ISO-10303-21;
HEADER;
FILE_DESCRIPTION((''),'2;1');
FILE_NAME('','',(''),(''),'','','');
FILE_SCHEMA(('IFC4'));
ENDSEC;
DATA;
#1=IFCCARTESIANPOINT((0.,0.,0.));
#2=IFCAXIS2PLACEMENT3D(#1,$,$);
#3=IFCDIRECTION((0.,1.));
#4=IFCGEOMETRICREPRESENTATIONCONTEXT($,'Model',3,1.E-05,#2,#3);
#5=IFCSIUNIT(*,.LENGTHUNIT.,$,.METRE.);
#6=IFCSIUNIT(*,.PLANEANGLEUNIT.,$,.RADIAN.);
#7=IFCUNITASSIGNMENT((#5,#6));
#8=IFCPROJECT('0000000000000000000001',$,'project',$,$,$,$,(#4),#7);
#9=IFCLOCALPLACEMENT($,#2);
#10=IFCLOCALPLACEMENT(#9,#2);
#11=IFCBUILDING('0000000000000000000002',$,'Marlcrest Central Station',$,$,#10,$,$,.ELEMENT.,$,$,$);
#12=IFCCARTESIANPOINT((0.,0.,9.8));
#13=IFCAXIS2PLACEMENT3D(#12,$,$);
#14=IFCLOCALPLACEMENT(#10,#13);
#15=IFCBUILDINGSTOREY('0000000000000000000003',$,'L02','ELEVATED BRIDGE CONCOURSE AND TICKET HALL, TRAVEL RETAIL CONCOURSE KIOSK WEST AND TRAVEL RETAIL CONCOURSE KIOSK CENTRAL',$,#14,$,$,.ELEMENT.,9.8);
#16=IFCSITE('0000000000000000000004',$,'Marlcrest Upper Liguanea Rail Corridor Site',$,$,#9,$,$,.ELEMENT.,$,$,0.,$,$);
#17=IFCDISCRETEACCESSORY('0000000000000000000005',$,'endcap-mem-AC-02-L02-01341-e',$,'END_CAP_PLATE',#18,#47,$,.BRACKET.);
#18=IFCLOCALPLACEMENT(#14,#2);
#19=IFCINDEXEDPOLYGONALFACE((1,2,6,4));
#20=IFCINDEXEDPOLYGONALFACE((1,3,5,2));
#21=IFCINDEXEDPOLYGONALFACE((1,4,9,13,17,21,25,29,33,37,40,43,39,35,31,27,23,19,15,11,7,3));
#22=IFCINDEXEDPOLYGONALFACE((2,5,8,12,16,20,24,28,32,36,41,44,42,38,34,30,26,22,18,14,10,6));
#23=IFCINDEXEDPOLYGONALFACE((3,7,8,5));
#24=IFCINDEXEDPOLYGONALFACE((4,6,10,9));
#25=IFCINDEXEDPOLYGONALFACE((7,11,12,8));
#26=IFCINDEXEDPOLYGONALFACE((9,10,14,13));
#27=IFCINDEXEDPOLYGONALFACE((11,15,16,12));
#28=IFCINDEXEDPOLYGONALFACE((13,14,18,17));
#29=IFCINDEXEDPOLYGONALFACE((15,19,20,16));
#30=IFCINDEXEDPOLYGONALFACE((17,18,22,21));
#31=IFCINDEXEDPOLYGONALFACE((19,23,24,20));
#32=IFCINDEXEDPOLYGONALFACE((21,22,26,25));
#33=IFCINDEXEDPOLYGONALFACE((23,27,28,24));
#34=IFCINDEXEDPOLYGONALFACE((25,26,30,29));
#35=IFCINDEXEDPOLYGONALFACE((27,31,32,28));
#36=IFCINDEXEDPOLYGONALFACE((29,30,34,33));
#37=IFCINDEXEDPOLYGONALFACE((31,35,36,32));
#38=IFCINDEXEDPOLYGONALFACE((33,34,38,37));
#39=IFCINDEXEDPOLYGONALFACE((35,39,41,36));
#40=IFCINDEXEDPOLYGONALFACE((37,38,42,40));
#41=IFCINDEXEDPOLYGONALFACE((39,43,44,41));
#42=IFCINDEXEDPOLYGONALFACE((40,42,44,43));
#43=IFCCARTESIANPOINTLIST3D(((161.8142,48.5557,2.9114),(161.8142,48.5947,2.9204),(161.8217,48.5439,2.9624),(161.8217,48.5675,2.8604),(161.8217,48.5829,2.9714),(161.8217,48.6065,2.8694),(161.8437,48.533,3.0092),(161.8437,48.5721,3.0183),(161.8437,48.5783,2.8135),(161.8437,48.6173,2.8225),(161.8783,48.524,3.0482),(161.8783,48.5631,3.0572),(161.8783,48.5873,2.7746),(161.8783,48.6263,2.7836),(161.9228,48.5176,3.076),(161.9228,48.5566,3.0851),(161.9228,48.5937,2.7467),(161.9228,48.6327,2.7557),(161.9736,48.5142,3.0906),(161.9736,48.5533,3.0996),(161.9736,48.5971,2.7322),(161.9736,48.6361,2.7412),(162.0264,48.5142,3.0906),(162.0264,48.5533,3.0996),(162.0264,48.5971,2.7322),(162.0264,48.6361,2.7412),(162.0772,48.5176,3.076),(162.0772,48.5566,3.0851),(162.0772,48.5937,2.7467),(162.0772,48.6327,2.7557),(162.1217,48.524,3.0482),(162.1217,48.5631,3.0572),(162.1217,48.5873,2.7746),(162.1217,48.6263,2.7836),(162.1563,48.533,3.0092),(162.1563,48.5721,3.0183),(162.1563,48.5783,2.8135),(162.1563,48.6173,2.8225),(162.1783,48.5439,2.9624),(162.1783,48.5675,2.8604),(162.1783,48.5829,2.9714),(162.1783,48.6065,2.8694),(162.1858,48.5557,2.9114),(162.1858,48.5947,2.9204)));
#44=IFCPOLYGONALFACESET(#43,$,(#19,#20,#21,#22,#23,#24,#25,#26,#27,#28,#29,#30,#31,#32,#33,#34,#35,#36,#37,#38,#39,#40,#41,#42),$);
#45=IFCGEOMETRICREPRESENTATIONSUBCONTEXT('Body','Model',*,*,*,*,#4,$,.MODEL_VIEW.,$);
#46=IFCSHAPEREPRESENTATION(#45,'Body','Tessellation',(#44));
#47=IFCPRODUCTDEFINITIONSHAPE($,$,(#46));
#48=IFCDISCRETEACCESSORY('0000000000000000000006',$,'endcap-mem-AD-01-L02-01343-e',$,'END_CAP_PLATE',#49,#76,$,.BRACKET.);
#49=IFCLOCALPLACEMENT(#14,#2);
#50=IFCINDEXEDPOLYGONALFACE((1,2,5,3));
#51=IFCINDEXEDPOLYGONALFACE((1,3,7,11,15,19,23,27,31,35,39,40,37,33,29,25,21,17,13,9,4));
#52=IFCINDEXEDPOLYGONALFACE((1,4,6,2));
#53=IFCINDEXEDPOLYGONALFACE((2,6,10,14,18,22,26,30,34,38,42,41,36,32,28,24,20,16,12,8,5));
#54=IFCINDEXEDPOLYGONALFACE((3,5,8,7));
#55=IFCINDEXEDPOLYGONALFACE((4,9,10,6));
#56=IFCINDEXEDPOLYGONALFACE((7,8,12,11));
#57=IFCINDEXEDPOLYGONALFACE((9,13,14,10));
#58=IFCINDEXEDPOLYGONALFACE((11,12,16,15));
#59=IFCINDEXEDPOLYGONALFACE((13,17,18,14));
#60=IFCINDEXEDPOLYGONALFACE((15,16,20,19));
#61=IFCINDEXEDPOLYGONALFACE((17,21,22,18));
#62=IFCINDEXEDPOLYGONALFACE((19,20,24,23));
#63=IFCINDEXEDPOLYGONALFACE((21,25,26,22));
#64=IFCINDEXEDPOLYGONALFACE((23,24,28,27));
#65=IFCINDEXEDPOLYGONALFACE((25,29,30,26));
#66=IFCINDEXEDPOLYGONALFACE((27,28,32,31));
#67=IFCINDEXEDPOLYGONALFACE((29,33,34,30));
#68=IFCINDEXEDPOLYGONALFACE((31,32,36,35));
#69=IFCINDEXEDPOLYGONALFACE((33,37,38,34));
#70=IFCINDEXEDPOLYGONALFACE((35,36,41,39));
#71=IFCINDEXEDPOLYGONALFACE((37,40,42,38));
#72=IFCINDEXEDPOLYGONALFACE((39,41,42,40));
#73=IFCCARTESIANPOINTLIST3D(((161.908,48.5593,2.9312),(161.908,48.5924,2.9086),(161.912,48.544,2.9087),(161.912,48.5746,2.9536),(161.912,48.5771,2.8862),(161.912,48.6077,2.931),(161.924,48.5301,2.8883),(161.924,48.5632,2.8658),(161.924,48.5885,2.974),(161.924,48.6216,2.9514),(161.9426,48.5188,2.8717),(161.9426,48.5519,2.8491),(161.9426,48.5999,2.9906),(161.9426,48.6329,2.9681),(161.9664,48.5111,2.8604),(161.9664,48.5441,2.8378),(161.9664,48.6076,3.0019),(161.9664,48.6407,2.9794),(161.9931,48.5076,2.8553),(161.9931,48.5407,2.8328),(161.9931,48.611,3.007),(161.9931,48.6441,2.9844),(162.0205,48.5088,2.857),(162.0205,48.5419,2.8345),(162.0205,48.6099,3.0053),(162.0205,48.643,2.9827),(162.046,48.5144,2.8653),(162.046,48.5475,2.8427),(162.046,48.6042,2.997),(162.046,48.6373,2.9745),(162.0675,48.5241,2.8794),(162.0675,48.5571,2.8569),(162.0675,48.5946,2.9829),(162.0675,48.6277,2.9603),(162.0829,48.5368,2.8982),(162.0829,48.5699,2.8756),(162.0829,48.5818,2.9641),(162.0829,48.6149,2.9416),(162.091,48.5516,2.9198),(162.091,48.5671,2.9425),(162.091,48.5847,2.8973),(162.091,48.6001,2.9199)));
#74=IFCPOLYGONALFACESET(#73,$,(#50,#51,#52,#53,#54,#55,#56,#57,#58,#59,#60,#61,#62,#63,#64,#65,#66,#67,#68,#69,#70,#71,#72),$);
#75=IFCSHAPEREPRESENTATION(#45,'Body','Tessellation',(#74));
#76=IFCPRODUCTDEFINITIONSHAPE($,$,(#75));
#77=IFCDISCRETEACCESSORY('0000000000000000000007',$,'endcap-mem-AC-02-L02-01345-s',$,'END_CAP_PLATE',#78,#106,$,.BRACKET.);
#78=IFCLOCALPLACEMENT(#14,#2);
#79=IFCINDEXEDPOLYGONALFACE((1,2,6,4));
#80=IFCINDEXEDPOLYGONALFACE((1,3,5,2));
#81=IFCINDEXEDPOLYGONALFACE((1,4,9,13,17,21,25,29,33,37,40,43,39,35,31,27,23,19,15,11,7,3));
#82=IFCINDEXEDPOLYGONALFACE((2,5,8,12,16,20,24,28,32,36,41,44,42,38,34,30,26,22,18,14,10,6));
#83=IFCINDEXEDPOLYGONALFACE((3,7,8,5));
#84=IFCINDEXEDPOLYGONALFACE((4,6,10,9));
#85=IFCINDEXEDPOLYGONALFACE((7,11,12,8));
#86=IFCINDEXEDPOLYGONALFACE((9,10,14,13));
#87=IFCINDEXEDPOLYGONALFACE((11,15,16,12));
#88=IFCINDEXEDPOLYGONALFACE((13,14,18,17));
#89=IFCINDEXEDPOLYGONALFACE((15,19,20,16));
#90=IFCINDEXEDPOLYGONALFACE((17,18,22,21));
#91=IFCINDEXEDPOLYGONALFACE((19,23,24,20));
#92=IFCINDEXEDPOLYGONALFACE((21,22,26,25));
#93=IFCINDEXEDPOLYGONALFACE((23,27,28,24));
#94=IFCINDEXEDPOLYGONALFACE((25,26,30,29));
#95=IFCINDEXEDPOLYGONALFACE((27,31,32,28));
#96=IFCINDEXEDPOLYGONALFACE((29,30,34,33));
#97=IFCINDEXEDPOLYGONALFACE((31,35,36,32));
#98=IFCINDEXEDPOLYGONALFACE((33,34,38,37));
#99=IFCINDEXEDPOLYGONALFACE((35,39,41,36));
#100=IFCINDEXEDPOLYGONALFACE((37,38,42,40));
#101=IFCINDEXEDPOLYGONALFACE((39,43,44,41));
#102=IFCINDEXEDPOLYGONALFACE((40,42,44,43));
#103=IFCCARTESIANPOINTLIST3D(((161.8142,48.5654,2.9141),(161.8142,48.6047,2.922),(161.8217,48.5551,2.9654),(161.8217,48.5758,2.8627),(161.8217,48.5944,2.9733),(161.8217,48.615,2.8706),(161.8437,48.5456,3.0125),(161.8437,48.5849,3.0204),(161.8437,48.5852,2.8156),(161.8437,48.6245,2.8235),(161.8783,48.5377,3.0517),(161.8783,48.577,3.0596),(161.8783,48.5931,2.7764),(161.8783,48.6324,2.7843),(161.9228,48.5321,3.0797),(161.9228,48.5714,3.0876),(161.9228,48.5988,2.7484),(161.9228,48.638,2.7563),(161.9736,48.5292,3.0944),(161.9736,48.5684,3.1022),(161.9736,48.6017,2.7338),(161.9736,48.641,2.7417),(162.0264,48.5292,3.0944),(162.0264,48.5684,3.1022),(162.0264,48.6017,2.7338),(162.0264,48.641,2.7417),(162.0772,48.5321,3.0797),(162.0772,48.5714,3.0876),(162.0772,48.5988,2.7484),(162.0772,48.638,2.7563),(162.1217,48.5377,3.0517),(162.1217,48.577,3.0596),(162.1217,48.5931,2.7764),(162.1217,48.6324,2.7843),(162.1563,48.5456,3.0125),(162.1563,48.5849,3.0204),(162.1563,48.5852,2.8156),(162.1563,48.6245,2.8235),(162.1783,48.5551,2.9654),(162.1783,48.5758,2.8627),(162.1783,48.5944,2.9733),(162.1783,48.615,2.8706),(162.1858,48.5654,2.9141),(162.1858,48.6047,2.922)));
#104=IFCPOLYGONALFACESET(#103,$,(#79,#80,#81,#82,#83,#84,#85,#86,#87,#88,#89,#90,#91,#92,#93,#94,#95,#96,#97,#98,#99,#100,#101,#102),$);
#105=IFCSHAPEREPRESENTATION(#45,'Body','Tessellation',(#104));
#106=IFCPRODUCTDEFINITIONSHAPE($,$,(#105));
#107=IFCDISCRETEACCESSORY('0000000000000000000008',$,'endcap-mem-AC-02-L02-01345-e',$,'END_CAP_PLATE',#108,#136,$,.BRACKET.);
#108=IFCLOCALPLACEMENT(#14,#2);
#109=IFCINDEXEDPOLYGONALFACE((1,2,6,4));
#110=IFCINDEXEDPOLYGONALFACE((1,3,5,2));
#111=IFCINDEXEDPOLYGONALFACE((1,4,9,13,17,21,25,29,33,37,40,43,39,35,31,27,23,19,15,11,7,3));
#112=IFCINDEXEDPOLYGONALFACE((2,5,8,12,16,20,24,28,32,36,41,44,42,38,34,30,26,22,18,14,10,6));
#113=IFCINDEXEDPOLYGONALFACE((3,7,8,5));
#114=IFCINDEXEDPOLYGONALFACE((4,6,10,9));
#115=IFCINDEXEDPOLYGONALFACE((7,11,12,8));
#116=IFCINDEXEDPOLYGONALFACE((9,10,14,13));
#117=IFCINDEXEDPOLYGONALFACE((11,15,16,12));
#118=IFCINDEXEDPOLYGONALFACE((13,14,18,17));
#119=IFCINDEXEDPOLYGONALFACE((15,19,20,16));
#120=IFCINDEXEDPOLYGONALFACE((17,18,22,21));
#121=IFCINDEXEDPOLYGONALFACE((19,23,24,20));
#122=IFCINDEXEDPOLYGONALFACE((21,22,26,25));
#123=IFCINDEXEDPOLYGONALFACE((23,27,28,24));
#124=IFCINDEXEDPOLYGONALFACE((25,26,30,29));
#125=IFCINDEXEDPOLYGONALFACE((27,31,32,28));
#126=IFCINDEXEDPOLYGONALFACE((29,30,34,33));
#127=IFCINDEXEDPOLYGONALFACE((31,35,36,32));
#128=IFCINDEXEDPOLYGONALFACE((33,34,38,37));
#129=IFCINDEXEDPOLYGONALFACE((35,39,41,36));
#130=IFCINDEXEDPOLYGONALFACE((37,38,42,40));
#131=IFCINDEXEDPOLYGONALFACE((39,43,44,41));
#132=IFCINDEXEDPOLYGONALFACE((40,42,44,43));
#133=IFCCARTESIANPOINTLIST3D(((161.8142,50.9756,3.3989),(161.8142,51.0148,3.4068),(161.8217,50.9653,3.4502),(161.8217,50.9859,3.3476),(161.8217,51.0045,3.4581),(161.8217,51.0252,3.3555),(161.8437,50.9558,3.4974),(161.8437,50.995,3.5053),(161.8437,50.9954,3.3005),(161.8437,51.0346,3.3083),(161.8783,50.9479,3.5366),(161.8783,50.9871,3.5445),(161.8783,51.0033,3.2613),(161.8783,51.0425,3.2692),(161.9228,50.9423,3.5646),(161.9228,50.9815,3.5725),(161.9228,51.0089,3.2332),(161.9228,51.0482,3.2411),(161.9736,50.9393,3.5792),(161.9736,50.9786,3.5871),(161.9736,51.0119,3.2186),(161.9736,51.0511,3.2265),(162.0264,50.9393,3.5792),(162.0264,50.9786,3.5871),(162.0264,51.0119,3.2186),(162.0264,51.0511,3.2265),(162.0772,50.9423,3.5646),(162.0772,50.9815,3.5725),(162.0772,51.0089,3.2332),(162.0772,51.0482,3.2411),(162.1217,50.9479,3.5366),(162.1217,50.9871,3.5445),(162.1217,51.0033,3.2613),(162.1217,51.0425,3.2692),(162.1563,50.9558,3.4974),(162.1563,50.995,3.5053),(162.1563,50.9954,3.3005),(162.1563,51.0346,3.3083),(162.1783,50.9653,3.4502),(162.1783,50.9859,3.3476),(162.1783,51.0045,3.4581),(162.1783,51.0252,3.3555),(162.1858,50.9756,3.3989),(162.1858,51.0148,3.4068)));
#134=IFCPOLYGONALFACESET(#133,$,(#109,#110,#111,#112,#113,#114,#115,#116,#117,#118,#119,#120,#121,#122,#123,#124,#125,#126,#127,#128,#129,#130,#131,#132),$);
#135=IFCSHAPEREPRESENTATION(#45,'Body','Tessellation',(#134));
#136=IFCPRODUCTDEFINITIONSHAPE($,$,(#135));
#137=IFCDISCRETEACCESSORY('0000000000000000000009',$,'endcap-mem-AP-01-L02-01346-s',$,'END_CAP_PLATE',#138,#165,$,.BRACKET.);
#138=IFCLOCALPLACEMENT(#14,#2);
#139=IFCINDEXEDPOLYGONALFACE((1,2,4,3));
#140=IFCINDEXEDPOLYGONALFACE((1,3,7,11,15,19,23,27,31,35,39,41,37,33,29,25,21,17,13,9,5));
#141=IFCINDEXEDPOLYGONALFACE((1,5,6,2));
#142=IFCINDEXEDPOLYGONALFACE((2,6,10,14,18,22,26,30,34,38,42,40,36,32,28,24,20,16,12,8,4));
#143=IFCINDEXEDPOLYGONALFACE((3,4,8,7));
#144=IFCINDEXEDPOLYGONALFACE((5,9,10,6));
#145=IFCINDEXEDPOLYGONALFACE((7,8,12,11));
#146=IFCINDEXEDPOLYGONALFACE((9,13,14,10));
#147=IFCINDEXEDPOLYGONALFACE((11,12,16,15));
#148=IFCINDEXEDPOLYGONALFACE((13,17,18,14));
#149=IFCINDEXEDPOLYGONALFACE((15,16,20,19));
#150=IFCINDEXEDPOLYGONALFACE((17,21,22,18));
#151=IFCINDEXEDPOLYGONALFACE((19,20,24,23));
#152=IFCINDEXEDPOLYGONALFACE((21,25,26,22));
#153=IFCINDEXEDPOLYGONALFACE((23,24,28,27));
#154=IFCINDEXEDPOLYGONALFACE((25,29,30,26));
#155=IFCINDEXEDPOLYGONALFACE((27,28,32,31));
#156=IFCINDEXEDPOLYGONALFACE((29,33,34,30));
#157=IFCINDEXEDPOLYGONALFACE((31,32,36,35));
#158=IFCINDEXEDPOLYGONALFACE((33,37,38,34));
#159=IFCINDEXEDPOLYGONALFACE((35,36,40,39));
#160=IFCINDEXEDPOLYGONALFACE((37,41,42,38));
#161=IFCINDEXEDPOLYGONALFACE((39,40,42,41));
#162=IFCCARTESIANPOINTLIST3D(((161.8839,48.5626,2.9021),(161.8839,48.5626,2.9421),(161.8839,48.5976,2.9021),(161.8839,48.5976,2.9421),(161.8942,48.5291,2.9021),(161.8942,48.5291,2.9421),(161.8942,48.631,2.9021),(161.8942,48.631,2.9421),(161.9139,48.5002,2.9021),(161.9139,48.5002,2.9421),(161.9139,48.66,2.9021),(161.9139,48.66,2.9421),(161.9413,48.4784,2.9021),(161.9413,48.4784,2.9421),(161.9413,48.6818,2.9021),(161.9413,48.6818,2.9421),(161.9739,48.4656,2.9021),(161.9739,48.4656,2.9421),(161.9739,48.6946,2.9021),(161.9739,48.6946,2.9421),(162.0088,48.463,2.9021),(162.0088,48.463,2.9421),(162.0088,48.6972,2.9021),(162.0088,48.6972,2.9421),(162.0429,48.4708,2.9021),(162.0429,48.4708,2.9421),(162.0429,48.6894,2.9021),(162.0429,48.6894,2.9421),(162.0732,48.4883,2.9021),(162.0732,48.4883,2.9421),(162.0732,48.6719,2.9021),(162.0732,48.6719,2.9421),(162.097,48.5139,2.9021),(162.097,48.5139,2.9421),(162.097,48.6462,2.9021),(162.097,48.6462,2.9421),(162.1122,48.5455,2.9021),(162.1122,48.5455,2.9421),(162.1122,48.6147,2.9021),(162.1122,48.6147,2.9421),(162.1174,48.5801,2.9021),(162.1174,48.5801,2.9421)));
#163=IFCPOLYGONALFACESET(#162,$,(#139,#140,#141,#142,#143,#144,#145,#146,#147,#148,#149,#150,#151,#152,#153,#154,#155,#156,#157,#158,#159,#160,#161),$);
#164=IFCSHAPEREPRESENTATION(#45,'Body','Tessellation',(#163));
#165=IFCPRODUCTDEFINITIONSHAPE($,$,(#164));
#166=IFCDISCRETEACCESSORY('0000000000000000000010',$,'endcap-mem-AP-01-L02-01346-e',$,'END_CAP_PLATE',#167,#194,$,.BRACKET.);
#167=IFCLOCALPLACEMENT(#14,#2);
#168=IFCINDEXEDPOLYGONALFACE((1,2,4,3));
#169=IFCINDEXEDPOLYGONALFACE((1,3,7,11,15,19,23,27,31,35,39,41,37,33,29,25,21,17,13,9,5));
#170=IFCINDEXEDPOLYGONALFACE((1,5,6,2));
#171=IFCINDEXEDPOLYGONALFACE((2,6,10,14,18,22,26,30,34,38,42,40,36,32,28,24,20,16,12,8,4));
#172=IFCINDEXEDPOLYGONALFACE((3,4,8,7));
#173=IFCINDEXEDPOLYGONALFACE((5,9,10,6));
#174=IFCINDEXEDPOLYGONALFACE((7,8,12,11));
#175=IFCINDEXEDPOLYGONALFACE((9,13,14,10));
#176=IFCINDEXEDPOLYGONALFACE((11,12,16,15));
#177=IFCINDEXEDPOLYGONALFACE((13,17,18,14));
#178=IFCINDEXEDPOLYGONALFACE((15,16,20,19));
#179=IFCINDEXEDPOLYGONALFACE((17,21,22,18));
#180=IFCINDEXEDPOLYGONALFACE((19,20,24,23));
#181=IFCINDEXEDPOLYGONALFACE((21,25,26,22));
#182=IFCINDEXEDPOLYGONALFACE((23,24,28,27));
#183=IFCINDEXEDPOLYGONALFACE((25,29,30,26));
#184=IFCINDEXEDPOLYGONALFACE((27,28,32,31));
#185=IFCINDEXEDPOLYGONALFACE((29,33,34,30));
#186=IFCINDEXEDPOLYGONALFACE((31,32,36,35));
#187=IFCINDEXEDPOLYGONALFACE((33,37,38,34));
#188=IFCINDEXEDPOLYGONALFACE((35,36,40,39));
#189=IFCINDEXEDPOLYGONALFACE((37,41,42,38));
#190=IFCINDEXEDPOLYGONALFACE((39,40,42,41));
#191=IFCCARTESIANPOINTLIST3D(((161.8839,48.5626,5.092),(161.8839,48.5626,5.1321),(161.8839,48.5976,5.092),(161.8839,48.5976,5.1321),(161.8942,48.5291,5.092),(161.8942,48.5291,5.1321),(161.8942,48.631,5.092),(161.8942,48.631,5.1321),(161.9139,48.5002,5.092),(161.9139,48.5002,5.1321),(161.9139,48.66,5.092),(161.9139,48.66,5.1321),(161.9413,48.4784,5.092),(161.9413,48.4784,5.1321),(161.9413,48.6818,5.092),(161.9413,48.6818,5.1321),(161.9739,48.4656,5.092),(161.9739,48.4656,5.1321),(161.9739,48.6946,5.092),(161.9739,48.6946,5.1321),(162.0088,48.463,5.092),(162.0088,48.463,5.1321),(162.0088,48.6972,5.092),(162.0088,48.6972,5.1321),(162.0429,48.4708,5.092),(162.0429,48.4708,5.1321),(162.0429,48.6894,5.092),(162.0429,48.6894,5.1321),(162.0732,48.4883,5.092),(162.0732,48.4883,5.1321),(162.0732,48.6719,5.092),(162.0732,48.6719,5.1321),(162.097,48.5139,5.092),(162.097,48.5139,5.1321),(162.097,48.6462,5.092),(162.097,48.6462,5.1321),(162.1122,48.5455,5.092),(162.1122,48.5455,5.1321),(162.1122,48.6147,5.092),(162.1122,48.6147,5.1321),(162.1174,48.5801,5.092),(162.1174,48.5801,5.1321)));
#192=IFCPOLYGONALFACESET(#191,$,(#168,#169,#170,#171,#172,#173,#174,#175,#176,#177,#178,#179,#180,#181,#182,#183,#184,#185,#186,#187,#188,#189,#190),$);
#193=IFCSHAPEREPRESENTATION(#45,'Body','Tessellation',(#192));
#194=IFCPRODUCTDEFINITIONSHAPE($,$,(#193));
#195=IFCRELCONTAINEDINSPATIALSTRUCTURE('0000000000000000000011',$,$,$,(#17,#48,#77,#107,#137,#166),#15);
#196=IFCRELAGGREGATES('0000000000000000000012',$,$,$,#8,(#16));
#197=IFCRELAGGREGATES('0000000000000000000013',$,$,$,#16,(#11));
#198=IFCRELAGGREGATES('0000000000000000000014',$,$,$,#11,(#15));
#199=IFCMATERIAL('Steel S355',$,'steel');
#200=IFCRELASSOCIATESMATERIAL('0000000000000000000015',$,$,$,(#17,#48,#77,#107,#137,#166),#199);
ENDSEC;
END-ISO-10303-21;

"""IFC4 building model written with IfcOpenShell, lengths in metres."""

from ifc_helpers import new_model, si_unit, direction, frame, origin, origin_2d, place, context, subcontext, project, spatial, circle, extrude, material, element, save


model = new_model("IFC4")

# Units and contexts
model_context = context("Model", 3, precision=1e-05, world=origin(), true_north=direction((0.0, 1.0)))
body_context = subcontext(model_context, "Body", "Model", "MODEL_VIEW")
ifc_project = project(units=[si_unit("LENGTHUNIT", "METRE"), si_unit("PLANEANGLEUNIT", "RADIAN")], contexts=[model_context])

# Site, building, storey
site_placement = place(None, origin())
site = spatial("IfcSite", under=ifc_project, at=site_placement, Name="Marlcrest Upper Liguanea Rail Corridor Site", CompositionType="ELEMENT", RefElevation=0.0)
building_placement = place(site_placement, origin())
building = spatial("IfcBuilding", under=site, at=building_placement, Name="Marlcrest Central Station", CompositionType="ELEMENT")
storey_placement = place(building_placement, frame((0.0, 0.0, 9.8)))
storey = spatial("IfcBuildingStorey", under=building, at=storey_placement, Name="L02", Description="ELEVATED BRIDGE CONCOURSE AND TICKET HALL, TRAVEL RETAIL CONCOURSE KIOSK WEST AND TRAVEL RETAIL CONCOURSE KIOSK CENTRAL", CompositionType="ELEMENT", Elevation=9.8)

# Shared definitions
ifc_material = material(Name="Steel S355", Category="steel")

# Discrete accessories
discrete_accessory_1_placement = place(storey_placement, frame((162.0, 48.5557, 2.9114), z_axis=(0.0, 0.974308, 0.22522), x_axis=(-1.0, 0.0, 0.0)))
element("IfcDiscreteAccessory", 1, at=discrete_accessory_1_placement, inside=storey, material=ifc_material, Name="endcap-mem-AC-02-L02-01341-e", ObjectType="END_CAP_PLATE", PredefinedType="BRACKET", context=body_context, shape_type="SweptSolid", body=[
    extrude(circle(Radius=0.1858, at=origin_2d()), origin(), (0.0, 0.0, 1.0), 0.04),
])
discrete_accessory_2_placement = place(storey_placement, frame((162.0, 48.5593, 2.9312), z_axis=(0.0, 0.826263, -0.563285), x_axis=(-1.0, 0.0, 0.0)))
element("IfcDiscreteAccessory", 2, at=discrete_accessory_2_placement, inside=storey, material=ifc_material, Name="endcap-mem-AD-01-L02-01343-e", ObjectType="END_CAP_PLATE", PredefinedType="BRACKET", context=body_context, shape_type="SweptSolid", body=[
    extrude(circle(Radius=0.092, at=origin_2d()), origin(), (0.0, 0.0, 1.0), 0.04),
])
for number, where, z_axis, x_axis, name in (
    (3, (162.0, 48.5654, 2.9141), (0.0, 0.980359, 0.197219), (-1.0, 0.0, 0.0), "endcap-mem-AC-02-L02-01345-s"),
    (4, (162.0, 50.9756, 3.3989), (0.0, 0.980359, 0.197219), (-1.0, 0.0, 0.0), "endcap-mem-AC-02-L02-01345-e"),
):
    element("IfcDiscreteAccessory", number, at=place(storey_placement, frame(where, z_axis=z_axis, x_axis=x_axis)), inside=storey, material=ifc_material, Name=name, ObjectType="END_CAP_PLATE", PredefinedType="BRACKET", context=body_context, shape_type="SweptSolid", body=[
        extrude(circle(Radius=0.1858, at=origin_2d()), origin(), (0.0, 0.0, 1.0), 0.04),
    ])
for number, where, z_axis, x_axis, name in (
    (5, (162.0, 48.5801, 2.9021), (0.0, 0.0, 1.0), (1.0, 0.0, 0.0), "endcap-mem-AP-01-L02-01346-s"),
    (6, (162.0, 48.5801, 5.092), (0.0, 0.0, 1.0), (1.0, 0.0, 0.0), "endcap-mem-AP-01-L02-01346-e"),
):
    element("IfcDiscreteAccessory", number, at=place(storey_placement, frame(where, z_axis=z_axis, x_axis=x_axis)), inside=storey, material=ifc_material, Name=name, ObjectType="END_CAP_PLATE", PredefinedType="BRACKET", context=body_context, shape_type="SweptSolid", body=[
        extrude(circle(Radius=0.1174, at=origin_2d()), origin(), (0.0, 0.0, 1.0), 0.04),
    ])

save(model, "model.ifc")
